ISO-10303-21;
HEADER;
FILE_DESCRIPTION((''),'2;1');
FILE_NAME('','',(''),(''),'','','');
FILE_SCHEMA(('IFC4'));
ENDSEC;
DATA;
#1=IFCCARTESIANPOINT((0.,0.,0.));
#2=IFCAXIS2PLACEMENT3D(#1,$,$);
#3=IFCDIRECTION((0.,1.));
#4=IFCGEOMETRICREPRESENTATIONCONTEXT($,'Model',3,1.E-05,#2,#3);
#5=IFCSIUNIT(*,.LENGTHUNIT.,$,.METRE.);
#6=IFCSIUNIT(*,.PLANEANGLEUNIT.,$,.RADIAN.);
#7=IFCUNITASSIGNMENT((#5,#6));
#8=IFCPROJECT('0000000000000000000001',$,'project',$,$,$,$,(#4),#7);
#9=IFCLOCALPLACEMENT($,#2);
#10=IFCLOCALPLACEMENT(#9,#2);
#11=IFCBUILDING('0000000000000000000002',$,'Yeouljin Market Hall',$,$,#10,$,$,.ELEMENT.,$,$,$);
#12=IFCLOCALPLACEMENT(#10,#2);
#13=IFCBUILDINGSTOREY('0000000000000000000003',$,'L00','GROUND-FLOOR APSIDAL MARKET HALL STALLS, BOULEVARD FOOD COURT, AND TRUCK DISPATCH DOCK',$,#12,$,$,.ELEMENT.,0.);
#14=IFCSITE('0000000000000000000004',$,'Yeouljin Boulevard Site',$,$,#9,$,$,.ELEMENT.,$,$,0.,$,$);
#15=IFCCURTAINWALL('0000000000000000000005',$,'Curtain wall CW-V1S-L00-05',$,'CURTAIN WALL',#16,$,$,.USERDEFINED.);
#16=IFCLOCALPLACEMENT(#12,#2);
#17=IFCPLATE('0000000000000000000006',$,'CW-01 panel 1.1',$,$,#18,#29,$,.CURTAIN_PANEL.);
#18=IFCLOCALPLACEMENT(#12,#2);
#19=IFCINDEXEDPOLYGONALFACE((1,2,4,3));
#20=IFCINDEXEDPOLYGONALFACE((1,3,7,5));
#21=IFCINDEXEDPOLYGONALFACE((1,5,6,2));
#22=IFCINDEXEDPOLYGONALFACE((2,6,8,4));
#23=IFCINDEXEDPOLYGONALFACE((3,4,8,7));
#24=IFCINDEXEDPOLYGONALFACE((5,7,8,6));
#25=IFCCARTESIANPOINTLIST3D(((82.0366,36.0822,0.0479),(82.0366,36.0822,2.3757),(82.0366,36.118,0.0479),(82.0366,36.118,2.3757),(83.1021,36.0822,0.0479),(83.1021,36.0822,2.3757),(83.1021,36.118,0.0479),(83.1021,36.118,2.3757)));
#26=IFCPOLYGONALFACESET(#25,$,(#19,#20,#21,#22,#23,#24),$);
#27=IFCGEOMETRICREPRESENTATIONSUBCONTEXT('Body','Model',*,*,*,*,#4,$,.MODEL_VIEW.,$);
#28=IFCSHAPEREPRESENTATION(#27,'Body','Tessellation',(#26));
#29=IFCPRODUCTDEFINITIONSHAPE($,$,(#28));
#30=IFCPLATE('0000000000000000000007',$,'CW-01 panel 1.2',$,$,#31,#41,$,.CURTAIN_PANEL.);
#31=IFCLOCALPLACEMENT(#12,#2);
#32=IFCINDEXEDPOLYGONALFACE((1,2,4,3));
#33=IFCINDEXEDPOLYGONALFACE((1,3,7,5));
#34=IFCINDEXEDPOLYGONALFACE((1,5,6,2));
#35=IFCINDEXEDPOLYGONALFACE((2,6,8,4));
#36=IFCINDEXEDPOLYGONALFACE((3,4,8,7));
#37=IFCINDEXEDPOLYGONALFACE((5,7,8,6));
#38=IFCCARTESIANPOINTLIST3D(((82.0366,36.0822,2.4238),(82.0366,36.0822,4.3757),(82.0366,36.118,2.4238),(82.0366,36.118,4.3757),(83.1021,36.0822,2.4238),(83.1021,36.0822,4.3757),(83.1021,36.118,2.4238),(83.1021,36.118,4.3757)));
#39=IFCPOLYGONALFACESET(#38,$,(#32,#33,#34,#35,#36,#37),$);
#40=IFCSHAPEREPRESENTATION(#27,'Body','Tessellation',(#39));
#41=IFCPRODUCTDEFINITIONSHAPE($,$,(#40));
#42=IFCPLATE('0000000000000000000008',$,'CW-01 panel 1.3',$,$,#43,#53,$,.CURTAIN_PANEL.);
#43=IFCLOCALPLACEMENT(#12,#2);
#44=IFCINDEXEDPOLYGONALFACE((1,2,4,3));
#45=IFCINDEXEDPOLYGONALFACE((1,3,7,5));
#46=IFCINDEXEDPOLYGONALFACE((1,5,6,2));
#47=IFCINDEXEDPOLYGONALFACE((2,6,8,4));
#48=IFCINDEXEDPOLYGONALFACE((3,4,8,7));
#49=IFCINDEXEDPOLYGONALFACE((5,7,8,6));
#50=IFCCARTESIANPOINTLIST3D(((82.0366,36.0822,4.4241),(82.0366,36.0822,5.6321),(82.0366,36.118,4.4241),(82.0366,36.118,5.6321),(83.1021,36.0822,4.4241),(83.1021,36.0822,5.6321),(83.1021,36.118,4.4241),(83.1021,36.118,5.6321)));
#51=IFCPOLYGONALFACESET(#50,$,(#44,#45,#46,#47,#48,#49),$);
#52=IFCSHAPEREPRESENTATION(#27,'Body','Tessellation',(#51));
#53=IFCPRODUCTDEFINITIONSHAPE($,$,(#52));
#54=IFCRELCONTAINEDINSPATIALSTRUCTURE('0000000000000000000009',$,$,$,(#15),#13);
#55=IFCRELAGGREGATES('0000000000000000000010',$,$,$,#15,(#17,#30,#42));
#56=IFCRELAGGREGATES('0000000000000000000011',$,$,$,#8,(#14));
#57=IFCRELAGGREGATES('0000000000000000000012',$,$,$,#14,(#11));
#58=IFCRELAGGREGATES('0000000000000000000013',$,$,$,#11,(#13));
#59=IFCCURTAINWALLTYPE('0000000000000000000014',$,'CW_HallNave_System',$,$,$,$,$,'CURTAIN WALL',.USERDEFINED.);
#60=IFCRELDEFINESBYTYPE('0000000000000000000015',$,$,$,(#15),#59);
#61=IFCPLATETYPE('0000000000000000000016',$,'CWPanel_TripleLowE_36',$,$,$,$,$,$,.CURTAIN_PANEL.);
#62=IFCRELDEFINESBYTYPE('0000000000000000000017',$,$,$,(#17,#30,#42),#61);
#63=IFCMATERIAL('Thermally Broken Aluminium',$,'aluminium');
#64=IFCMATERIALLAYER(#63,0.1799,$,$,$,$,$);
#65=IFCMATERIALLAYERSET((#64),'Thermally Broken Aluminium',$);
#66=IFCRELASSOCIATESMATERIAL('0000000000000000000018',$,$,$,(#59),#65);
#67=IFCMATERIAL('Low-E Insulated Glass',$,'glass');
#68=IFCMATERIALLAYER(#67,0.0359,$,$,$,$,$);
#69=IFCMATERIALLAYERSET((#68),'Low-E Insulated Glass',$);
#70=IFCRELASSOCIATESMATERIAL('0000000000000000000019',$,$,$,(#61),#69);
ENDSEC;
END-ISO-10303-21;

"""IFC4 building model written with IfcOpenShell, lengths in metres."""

from ifc_helpers import new_model, si_unit, direction, frame, origin, origin_2d, place, context, subcontext, project, spatial, rectangle, extrude, material, layer, layer_set, type_object, element, aggregate, save


model = new_model("IFC4")

# Units and contexts
model_context = context("Model", 3, precision=1e-05, world=origin(), true_north=direction((0.0, 1.0)))
body_context = subcontext(model_context, "Body", "Model", "MODEL_VIEW")
ifc_project = project(units=[si_unit("LENGTHUNIT", "METRE"), si_unit("PLANEANGLEUNIT", "RADIAN")], contexts=[model_context])

# Site, building, storey
site_placement = place(None, origin())
site = spatial("IfcSite", under=ifc_project, at=site_placement, Name="Yeouljin Boulevard Site", CompositionType="ELEMENT", RefElevation=0.0)
building_placement = place(site_placement, origin())
building = spatial("IfcBuilding", under=site, at=building_placement, Name="Yeouljin Market Hall", CompositionType="ELEMENT")
storey_placement = place(building_placement, origin())
storey = spatial("IfcBuildingStorey", under=building, at=storey_placement, Name="L00", Description="GROUND-FLOOR APSIDAL MARKET HALL STALLS, BOULEVARD FOOD COURT, AND TRUCK DISPATCH DOCK", CompositionType="ELEMENT", Elevation=0.0)

# Curtain wall
ifc_material_1 = material(Name="Thermally Broken Aluminium", Category="aluminium")
ifc_layer_1 = layer(ifc_material_1, 0.1799)
ifc_layer_set_1 = layer_set([ifc_layer_1], Name="Thermally Broken Aluminium")
curtain_wall_type = type_object("IfcCurtainWallType", Name="CW_HallNave_System", ElementType="CURTAIN WALL", PredefinedType="USERDEFINED", material=ifc_layer_set_1)
curtain_wall_1_placement = place(storey_placement, origin())
curtain_wall_1 = element("IfcCurtainWall", 1, at=curtain_wall_1_placement, inside=storey, type_object=curtain_wall_type, Name="Curtain wall CW-V1S-L00-05", ObjectType="CURTAIN WALL", PredefinedType="USERDEFINED")

# Plates
ifc_material_2 = material(Name="Low-E Insulated Glass", Category="glass")
ifc_layer_2 = layer(ifc_material_2, 0.0359)
ifc_layer_set_2 = layer_set([ifc_layer_2], Name="Low-E Insulated Glass")
plate_type_1 = type_object("IfcPlateType", Name="CWPanel_TripleLowE_36", PredefinedType="CURTAIN_PANEL", material=ifc_layer_set_2)
plate_1_placement = place(storey_placement, frame((82.5693, 36.1001, 0.0479), z_axis=(0.0, 0.0, 1.0), x_axis=(-1.0, 0.0, 0.0)))
plate_1 = element("IfcPlate", 2, at=plate_1_placement, type_object=plate_type_1, Name="CW-01 panel 1.1", PredefinedType="CURTAIN_PANEL", context=body_context, shape_type="SweptSolid", body=[
    extrude(rectangle(XDim=1.0654, YDim=0.0359, at=origin_2d()), origin(), (0.0, 0.0, 1.0), 2.3279),
])
plate_2_placement = place(storey_placement, frame((82.5693, 36.1001, 2.4238), z_axis=(0.0, 0.0, 1.0), x_axis=(-1.0, 0.0, 0.0)))
plate_2 = element("IfcPlate", 3, at=plate_2_placement, type_object=plate_type_1, Name="CW-01 panel 1.2", PredefinedType="CURTAIN_PANEL", context=body_context, shape_type="SweptSolid", body=[
    extrude(rectangle(XDim=1.0654, YDim=0.0359, at=origin_2d()), origin(), (0.0, 0.0, 1.0), 1.9519),
])
plate_3_placement = place(storey_placement, frame((82.5693, 36.1001, 4.4241), z_axis=(0.0, 0.0, 1.0), x_axis=(-1.0, 0.0, 0.0)))
plate_3 = element("IfcPlate", 4, at=plate_3_placement, type_object=plate_type_1, Name="CW-01 panel 1.3", PredefinedType="CURTAIN_PANEL", context=body_context, shape_type="SweptSolid", body=[
    extrude(rectangle(XDim=1.0654, YDim=0.0359, at=origin_2d()), origin(), (0.0, 0.0, 1.0), 1.208),
])
aggregate(curtain_wall_1, [plate_1, plate_2, plate_3])

save(model, "model.ifc")
